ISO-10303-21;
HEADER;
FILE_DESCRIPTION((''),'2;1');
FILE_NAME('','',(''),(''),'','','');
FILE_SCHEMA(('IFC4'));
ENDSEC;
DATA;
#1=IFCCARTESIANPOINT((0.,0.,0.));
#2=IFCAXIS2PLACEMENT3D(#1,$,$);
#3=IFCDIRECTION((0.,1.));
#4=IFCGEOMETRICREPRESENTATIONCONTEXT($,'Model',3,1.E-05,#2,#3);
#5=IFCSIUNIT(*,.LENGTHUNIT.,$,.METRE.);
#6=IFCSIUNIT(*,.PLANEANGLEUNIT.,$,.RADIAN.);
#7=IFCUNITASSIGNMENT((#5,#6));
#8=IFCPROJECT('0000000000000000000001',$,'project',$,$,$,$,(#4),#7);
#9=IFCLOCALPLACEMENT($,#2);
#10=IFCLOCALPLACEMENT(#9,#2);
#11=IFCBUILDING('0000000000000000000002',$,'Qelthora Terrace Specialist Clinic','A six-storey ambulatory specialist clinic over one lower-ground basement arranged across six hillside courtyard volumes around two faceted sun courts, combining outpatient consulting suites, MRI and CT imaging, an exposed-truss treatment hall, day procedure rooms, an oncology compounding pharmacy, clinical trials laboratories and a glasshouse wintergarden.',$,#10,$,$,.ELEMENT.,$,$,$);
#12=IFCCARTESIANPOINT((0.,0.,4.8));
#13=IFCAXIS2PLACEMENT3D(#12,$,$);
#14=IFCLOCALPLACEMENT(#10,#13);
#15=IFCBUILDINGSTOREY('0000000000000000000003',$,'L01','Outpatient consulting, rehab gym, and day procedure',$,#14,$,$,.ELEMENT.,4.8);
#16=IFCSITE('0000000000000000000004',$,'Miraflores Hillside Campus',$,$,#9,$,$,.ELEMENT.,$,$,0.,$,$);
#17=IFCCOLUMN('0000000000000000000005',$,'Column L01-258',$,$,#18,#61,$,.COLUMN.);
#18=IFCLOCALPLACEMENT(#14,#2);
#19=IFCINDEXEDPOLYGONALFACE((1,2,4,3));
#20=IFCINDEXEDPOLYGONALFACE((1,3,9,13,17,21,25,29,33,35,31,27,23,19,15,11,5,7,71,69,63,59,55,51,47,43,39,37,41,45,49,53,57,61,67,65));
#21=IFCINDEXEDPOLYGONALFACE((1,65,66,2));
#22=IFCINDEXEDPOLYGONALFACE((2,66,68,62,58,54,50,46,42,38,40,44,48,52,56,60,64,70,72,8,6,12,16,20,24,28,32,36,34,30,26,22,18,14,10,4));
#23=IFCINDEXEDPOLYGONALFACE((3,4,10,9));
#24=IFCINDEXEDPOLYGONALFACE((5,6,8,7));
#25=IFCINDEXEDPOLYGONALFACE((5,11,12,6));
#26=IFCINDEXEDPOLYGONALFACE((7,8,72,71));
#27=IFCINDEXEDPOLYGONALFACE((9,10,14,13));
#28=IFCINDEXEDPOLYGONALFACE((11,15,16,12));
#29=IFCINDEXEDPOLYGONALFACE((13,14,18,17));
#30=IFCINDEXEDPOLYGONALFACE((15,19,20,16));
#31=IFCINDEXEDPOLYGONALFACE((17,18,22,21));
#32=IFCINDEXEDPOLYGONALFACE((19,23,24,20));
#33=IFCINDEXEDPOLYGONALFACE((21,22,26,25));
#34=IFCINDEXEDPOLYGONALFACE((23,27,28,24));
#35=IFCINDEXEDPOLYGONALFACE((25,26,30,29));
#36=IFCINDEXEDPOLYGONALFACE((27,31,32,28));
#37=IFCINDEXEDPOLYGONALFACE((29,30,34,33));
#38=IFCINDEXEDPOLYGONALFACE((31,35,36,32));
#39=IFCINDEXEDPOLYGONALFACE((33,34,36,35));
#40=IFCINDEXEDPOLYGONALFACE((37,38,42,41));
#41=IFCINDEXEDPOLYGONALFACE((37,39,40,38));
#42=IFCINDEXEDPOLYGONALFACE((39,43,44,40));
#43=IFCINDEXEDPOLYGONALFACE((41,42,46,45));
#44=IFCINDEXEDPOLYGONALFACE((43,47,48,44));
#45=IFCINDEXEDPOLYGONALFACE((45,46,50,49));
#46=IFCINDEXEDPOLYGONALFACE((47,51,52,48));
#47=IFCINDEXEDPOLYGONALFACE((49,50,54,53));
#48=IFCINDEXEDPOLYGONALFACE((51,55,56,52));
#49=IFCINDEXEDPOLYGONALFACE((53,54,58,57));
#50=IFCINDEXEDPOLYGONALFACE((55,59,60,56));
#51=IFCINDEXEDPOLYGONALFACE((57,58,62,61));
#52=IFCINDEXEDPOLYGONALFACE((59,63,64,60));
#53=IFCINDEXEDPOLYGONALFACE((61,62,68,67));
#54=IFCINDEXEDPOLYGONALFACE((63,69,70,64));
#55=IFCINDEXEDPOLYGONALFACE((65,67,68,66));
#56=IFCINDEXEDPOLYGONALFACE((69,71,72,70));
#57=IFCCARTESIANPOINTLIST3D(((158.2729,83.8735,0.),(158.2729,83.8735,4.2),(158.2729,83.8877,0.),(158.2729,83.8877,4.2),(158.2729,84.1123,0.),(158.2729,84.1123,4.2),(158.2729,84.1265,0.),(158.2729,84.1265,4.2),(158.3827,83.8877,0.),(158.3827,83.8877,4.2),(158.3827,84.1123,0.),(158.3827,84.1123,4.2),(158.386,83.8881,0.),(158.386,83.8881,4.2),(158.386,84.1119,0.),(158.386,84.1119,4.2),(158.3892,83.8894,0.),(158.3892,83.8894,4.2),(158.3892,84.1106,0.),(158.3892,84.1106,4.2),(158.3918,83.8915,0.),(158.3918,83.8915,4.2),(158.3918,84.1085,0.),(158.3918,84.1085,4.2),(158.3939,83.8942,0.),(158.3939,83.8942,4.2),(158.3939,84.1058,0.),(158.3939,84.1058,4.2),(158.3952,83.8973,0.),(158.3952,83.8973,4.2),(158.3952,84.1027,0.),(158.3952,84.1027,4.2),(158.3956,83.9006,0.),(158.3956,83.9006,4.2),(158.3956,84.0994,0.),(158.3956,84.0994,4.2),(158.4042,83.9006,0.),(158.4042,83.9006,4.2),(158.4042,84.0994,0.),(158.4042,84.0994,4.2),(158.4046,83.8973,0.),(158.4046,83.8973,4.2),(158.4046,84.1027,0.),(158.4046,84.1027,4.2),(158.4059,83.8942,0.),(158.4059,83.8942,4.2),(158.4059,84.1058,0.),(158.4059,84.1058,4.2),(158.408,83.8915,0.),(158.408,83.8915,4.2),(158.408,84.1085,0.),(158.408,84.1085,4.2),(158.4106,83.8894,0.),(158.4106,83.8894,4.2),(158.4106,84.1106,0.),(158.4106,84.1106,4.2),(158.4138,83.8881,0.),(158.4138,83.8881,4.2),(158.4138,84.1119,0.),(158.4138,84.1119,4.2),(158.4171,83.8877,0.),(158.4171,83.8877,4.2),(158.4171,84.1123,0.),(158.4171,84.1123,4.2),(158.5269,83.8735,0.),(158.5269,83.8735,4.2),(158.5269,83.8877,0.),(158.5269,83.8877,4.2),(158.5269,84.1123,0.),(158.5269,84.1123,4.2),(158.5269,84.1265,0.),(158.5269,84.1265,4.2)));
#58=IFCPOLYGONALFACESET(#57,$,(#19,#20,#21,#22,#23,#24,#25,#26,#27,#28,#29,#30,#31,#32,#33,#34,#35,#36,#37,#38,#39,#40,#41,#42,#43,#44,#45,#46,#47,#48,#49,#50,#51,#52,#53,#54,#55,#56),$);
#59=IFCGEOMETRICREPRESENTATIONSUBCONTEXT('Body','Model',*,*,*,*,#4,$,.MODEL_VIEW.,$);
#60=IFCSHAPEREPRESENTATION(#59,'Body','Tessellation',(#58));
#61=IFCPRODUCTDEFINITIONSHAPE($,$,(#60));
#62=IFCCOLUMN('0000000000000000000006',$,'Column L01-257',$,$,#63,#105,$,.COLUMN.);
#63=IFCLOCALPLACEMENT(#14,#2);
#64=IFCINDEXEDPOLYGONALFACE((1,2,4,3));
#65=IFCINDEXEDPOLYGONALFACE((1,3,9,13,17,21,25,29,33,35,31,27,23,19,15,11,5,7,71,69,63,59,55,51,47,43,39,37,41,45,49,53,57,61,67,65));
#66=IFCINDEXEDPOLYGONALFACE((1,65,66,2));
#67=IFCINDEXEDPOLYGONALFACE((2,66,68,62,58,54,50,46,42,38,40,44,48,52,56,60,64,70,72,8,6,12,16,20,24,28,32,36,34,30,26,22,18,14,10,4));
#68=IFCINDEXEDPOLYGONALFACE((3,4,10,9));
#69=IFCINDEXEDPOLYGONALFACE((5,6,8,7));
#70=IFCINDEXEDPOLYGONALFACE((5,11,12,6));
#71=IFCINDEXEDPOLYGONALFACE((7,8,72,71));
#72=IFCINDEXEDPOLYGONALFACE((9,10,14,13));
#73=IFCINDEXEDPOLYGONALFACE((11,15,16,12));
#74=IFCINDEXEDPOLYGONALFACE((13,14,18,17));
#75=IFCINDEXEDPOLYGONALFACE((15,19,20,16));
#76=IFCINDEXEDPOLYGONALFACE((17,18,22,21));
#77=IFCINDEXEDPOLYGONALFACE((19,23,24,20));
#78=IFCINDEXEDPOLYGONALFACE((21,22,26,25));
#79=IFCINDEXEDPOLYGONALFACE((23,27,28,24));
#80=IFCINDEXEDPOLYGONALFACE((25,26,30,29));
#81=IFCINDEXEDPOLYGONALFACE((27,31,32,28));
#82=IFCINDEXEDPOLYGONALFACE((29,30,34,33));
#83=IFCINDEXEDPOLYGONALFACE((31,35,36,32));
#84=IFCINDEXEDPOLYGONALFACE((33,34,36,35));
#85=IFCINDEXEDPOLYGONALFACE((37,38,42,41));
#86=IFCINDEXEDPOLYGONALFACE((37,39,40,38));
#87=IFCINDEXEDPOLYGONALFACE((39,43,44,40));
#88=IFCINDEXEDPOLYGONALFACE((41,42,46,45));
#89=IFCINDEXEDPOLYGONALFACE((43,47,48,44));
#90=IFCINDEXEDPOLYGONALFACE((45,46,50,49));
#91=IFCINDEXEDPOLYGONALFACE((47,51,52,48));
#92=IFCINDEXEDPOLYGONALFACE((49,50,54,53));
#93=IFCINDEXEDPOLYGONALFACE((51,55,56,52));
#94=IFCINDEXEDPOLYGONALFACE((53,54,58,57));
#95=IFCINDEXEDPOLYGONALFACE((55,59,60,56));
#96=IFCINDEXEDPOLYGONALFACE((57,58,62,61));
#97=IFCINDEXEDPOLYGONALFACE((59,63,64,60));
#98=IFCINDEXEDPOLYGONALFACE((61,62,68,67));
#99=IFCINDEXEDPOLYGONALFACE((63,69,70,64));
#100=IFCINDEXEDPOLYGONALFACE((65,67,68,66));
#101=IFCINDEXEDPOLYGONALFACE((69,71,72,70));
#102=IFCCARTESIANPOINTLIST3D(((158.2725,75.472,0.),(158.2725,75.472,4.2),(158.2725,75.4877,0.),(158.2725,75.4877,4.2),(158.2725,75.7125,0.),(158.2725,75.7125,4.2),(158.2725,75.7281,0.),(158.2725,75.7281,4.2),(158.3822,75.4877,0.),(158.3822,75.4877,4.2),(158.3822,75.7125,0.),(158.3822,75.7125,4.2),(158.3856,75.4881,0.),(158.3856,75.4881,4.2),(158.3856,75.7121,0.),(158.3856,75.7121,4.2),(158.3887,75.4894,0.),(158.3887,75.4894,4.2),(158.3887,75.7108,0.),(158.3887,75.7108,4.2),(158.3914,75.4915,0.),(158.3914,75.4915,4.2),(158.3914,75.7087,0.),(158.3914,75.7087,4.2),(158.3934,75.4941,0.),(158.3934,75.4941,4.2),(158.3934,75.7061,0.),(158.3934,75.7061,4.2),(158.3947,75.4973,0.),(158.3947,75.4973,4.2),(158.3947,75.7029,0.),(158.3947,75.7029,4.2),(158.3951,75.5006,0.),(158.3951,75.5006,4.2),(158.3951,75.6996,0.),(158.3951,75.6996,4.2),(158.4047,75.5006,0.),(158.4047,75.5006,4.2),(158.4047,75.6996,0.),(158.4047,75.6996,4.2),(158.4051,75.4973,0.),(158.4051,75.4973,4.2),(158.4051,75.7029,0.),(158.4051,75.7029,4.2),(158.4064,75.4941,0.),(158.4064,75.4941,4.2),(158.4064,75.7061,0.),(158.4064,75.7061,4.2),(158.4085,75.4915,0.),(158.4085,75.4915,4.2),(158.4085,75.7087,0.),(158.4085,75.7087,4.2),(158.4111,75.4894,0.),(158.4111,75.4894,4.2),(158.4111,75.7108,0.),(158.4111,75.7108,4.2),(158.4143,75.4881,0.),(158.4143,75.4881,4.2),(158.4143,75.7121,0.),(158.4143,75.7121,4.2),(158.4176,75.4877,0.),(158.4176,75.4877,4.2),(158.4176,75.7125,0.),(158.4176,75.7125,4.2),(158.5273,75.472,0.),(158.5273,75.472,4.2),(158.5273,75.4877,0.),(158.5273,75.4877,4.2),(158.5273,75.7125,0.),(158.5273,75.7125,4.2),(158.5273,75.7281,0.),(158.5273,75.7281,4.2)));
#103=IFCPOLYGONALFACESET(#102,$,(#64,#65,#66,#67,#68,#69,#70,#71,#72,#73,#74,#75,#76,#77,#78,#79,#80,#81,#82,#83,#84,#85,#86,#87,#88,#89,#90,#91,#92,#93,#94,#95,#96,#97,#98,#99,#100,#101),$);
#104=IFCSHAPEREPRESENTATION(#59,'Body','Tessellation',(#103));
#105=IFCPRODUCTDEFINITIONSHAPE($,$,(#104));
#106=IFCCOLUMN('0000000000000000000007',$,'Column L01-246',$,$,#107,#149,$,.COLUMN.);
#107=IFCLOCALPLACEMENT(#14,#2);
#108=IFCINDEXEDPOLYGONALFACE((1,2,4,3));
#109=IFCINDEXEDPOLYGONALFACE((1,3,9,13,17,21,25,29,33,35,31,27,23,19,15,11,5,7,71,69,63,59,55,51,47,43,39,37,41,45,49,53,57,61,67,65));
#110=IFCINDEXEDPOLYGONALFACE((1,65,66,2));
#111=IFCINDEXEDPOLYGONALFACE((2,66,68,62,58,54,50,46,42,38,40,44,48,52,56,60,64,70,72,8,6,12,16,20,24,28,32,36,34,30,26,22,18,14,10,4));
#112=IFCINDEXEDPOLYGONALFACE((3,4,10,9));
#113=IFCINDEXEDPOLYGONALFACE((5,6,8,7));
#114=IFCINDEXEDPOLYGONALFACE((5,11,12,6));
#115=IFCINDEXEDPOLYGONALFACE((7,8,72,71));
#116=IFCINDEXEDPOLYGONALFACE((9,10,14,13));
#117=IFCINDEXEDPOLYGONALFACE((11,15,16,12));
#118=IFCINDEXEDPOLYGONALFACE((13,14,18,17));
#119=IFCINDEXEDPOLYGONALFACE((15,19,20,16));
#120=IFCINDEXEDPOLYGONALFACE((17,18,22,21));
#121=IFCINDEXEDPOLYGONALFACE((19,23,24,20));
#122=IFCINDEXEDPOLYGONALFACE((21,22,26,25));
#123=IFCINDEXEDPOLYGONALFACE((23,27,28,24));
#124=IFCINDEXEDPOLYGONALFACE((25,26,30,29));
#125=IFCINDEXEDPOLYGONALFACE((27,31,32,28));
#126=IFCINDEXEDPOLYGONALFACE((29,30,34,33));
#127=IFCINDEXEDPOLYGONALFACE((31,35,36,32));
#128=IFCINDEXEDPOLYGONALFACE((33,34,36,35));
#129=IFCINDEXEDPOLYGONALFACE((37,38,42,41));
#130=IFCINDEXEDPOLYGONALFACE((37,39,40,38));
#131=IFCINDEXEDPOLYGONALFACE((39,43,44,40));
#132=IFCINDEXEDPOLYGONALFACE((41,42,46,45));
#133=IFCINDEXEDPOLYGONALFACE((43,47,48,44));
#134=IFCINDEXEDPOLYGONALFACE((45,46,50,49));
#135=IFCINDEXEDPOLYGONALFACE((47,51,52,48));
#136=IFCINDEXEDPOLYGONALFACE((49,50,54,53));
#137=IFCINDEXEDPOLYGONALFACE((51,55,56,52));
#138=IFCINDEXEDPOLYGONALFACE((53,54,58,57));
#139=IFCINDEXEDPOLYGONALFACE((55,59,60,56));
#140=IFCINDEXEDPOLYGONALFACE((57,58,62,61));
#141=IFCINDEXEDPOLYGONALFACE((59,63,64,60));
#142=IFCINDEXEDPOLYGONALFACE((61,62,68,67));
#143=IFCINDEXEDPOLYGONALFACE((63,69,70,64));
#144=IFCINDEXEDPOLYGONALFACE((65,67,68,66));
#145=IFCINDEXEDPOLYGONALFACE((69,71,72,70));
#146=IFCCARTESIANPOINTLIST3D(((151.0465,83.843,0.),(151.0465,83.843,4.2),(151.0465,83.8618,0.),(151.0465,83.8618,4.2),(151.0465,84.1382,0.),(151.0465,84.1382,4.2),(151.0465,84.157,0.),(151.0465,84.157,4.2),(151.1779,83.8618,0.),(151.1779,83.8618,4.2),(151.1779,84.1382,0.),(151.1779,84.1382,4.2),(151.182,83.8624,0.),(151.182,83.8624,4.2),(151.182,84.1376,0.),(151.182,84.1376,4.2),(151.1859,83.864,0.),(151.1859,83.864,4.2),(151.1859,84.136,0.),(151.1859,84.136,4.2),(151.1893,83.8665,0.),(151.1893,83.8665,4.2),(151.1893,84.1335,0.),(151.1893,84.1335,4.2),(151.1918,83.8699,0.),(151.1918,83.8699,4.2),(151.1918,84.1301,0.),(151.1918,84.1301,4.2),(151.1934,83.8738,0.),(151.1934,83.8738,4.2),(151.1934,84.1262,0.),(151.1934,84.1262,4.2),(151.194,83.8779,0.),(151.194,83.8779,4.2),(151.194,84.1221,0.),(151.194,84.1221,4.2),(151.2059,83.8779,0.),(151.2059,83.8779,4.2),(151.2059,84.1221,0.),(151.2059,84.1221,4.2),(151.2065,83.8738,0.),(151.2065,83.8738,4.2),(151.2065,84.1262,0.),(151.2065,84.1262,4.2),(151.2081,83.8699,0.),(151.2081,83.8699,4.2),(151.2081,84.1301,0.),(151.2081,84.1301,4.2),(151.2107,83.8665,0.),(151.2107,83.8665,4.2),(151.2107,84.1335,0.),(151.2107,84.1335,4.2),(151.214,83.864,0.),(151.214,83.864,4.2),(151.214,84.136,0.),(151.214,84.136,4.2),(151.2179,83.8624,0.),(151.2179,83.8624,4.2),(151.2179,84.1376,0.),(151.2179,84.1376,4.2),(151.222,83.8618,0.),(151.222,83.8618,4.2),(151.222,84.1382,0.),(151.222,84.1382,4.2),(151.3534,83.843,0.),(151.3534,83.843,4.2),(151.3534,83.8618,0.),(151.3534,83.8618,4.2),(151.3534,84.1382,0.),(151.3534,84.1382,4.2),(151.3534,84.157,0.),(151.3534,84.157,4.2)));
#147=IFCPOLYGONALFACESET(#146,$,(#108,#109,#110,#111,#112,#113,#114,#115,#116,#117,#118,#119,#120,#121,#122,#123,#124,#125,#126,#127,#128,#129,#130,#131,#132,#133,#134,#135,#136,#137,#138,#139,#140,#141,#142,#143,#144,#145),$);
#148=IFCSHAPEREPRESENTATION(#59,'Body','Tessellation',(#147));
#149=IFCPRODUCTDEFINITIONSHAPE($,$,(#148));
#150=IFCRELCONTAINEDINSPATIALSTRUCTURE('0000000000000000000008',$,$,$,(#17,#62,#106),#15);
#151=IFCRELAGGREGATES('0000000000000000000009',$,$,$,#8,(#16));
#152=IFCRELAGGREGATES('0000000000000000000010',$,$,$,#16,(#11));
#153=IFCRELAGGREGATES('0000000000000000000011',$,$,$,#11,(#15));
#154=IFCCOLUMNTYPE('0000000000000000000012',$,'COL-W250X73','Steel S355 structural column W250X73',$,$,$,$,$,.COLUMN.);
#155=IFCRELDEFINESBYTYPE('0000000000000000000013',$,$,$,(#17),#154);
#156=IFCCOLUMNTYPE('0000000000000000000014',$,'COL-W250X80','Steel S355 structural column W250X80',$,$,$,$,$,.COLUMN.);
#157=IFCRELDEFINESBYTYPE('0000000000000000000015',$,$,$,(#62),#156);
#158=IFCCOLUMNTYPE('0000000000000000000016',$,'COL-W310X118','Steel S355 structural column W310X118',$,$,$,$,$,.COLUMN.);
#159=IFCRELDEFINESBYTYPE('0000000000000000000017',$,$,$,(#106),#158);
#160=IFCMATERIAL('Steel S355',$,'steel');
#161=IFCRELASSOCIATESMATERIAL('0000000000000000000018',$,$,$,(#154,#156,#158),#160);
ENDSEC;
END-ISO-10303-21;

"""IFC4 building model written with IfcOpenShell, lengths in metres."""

from ifc_helpers import new_model, si_unit, direction, frame, origin, origin_2d, place, context, subcontext, project, spatial, i_section, extrude, material, material_profile, profile_set, type_object, element, save


model = new_model("IFC4")

# Units and contexts
model_context = context("Model", 3, precision=1e-05, world=origin(), true_north=direction((0.0, 1.0)))
body_context = subcontext(model_context, "Body", "Model", "MODEL_VIEW")
ifc_project = project(units=[si_unit("LENGTHUNIT", "METRE"), si_unit("PLANEANGLEUNIT", "RADIAN")], contexts=[model_context])

# Site, building, storey
site_placement = place(None, origin())
site = spatial("IfcSite", under=ifc_project, at=site_placement, Name="Miraflores Hillside Campus", CompositionType="ELEMENT", RefElevation=0.0)
building_placement = place(site_placement, origin())
building = spatial("IfcBuilding", under=site, at=building_placement, Name="Qelthora Terrace Specialist Clinic", Description="A six-storey ambulatory specialist clinic over one lower-ground basement arranged across six hillside courtyard volumes around two faceted sun courts, combining outpatient consulting suites, MRI and CT imaging, an exposed-truss treatment hall, day procedure rooms, an oncology compounding pharmacy, clinical trials laboratories and a glasshouse wintergarden.", CompositionType="ELEMENT")
storey_placement = place(building_placement, frame((0.0, 0.0, 4.8)))
storey = spatial("IfcBuildingStorey", under=building, at=storey_placement, Name="L01", Description="Outpatient consulting, rehab gym, and day procedure", CompositionType="ELEMENT", Elevation=4.8)

# Columns
ifc_material_1 = material(Name="Steel S355", Category="steel")
ifc_material_profile_1 = material_profile(ifc_material_1, i_section(OverallWidth=0.2539, OverallDepth=0.2529, WebThickness=0.0085, FlangeThickness=0.0142, FilletRadius=0.0129, at=origin_2d()), Name="W250X73")
ifc_profile_set_1 = profile_set([ifc_material_profile_1], Name="Steel S355")
column_type_1 = type_object("IfcColumnType", Name="COL-W250X73", Description="Steel S355 structural column W250X73", PredefinedType="COLUMN", material=ifc_profile_set_1)
column_1_placement = place(storey_placement, frame((158.3999, 84.0, 0.0), z_axis=(0.0, 0.0, 1.0), x_axis=(1.0, 0.0, 0.0)))
element("IfcColumn", 1, at=column_1_placement, inside=storey, type_object=column_type_1, Name="Column L01-258", PredefinedType="COLUMN", context=body_context, shape_type="SweptSolid", body=[
    extrude(i_section(OverallWidth=0.2539, OverallDepth=0.2529, WebThickness=0.0085, FlangeThickness=0.0142, FilletRadius=0.0129, at=origin_2d()), origin(), (0.0, 0.0, 1.0), 4.2),
])
ifc_material_profile_2 = material_profile(ifc_material_1, i_section(OverallWidth=0.2549, OverallDepth=0.2561, WebThickness=0.0095, FlangeThickness=0.0156, FilletRadius=0.0129, at=origin_2d()), Name="W250X80")
ifc_profile_set_2 = profile_set([ifc_material_profile_2], Name="Steel S355")
column_type_2 = type_object("IfcColumnType", Name="COL-W250X80", Description="Steel S355 structural column W250X80", PredefinedType="COLUMN", material=ifc_profile_set_2)
column_2_placement = place(storey_placement, frame((158.3999, 75.6001, 0.0), z_axis=(0.0, 0.0, 1.0), x_axis=(1.0, 0.0, 0.0)))
element("IfcColumn", 2, at=column_2_placement, inside=storey, type_object=column_type_2, Name="Column L01-257", PredefinedType="COLUMN", context=body_context, shape_type="SweptSolid", body=[
    extrude(i_section(OverallWidth=0.2549, OverallDepth=0.2561, WebThickness=0.0095, FlangeThickness=0.0156, FilletRadius=0.0129, at=origin_2d()), origin(), (0.0, 0.0, 1.0), 4.2),
])
ifc_material_profile_3 = material_profile(ifc_material_1, i_section(OverallWidth=0.3069, OverallDepth=0.314, WebThickness=0.012, FlangeThickness=0.0188, FilletRadius=0.0161, at=origin_2d()), Name="W310X118")
ifc_profile_set_3 = profile_set([ifc_material_profile_3], Name="Steel S355")
column_type_3 = type_object("IfcColumnType", Name="COL-W310X118", Description="Steel S355 structural column W310X118", PredefinedType="COLUMN", material=ifc_profile_set_3)
column_3_placement = place(storey_placement, frame((151.2, 84.0, 0.0), z_axis=(0.0, 0.0, 1.0), x_axis=(1.0, 0.0, 0.0)))
element("IfcColumn", 3, at=column_3_placement, inside=storey, type_object=column_type_3, Name="Column L01-246", PredefinedType="COLUMN", context=body_context, shape_type="SweptSolid", body=[
    extrude(i_section(OverallWidth=0.3069, OverallDepth=0.314, WebThickness=0.012, FlangeThickness=0.0188, FilletRadius=0.0161, at=origin_2d()), origin(), (0.0, 0.0, 1.0), 4.2),
])

save(model, "model.ifc")
